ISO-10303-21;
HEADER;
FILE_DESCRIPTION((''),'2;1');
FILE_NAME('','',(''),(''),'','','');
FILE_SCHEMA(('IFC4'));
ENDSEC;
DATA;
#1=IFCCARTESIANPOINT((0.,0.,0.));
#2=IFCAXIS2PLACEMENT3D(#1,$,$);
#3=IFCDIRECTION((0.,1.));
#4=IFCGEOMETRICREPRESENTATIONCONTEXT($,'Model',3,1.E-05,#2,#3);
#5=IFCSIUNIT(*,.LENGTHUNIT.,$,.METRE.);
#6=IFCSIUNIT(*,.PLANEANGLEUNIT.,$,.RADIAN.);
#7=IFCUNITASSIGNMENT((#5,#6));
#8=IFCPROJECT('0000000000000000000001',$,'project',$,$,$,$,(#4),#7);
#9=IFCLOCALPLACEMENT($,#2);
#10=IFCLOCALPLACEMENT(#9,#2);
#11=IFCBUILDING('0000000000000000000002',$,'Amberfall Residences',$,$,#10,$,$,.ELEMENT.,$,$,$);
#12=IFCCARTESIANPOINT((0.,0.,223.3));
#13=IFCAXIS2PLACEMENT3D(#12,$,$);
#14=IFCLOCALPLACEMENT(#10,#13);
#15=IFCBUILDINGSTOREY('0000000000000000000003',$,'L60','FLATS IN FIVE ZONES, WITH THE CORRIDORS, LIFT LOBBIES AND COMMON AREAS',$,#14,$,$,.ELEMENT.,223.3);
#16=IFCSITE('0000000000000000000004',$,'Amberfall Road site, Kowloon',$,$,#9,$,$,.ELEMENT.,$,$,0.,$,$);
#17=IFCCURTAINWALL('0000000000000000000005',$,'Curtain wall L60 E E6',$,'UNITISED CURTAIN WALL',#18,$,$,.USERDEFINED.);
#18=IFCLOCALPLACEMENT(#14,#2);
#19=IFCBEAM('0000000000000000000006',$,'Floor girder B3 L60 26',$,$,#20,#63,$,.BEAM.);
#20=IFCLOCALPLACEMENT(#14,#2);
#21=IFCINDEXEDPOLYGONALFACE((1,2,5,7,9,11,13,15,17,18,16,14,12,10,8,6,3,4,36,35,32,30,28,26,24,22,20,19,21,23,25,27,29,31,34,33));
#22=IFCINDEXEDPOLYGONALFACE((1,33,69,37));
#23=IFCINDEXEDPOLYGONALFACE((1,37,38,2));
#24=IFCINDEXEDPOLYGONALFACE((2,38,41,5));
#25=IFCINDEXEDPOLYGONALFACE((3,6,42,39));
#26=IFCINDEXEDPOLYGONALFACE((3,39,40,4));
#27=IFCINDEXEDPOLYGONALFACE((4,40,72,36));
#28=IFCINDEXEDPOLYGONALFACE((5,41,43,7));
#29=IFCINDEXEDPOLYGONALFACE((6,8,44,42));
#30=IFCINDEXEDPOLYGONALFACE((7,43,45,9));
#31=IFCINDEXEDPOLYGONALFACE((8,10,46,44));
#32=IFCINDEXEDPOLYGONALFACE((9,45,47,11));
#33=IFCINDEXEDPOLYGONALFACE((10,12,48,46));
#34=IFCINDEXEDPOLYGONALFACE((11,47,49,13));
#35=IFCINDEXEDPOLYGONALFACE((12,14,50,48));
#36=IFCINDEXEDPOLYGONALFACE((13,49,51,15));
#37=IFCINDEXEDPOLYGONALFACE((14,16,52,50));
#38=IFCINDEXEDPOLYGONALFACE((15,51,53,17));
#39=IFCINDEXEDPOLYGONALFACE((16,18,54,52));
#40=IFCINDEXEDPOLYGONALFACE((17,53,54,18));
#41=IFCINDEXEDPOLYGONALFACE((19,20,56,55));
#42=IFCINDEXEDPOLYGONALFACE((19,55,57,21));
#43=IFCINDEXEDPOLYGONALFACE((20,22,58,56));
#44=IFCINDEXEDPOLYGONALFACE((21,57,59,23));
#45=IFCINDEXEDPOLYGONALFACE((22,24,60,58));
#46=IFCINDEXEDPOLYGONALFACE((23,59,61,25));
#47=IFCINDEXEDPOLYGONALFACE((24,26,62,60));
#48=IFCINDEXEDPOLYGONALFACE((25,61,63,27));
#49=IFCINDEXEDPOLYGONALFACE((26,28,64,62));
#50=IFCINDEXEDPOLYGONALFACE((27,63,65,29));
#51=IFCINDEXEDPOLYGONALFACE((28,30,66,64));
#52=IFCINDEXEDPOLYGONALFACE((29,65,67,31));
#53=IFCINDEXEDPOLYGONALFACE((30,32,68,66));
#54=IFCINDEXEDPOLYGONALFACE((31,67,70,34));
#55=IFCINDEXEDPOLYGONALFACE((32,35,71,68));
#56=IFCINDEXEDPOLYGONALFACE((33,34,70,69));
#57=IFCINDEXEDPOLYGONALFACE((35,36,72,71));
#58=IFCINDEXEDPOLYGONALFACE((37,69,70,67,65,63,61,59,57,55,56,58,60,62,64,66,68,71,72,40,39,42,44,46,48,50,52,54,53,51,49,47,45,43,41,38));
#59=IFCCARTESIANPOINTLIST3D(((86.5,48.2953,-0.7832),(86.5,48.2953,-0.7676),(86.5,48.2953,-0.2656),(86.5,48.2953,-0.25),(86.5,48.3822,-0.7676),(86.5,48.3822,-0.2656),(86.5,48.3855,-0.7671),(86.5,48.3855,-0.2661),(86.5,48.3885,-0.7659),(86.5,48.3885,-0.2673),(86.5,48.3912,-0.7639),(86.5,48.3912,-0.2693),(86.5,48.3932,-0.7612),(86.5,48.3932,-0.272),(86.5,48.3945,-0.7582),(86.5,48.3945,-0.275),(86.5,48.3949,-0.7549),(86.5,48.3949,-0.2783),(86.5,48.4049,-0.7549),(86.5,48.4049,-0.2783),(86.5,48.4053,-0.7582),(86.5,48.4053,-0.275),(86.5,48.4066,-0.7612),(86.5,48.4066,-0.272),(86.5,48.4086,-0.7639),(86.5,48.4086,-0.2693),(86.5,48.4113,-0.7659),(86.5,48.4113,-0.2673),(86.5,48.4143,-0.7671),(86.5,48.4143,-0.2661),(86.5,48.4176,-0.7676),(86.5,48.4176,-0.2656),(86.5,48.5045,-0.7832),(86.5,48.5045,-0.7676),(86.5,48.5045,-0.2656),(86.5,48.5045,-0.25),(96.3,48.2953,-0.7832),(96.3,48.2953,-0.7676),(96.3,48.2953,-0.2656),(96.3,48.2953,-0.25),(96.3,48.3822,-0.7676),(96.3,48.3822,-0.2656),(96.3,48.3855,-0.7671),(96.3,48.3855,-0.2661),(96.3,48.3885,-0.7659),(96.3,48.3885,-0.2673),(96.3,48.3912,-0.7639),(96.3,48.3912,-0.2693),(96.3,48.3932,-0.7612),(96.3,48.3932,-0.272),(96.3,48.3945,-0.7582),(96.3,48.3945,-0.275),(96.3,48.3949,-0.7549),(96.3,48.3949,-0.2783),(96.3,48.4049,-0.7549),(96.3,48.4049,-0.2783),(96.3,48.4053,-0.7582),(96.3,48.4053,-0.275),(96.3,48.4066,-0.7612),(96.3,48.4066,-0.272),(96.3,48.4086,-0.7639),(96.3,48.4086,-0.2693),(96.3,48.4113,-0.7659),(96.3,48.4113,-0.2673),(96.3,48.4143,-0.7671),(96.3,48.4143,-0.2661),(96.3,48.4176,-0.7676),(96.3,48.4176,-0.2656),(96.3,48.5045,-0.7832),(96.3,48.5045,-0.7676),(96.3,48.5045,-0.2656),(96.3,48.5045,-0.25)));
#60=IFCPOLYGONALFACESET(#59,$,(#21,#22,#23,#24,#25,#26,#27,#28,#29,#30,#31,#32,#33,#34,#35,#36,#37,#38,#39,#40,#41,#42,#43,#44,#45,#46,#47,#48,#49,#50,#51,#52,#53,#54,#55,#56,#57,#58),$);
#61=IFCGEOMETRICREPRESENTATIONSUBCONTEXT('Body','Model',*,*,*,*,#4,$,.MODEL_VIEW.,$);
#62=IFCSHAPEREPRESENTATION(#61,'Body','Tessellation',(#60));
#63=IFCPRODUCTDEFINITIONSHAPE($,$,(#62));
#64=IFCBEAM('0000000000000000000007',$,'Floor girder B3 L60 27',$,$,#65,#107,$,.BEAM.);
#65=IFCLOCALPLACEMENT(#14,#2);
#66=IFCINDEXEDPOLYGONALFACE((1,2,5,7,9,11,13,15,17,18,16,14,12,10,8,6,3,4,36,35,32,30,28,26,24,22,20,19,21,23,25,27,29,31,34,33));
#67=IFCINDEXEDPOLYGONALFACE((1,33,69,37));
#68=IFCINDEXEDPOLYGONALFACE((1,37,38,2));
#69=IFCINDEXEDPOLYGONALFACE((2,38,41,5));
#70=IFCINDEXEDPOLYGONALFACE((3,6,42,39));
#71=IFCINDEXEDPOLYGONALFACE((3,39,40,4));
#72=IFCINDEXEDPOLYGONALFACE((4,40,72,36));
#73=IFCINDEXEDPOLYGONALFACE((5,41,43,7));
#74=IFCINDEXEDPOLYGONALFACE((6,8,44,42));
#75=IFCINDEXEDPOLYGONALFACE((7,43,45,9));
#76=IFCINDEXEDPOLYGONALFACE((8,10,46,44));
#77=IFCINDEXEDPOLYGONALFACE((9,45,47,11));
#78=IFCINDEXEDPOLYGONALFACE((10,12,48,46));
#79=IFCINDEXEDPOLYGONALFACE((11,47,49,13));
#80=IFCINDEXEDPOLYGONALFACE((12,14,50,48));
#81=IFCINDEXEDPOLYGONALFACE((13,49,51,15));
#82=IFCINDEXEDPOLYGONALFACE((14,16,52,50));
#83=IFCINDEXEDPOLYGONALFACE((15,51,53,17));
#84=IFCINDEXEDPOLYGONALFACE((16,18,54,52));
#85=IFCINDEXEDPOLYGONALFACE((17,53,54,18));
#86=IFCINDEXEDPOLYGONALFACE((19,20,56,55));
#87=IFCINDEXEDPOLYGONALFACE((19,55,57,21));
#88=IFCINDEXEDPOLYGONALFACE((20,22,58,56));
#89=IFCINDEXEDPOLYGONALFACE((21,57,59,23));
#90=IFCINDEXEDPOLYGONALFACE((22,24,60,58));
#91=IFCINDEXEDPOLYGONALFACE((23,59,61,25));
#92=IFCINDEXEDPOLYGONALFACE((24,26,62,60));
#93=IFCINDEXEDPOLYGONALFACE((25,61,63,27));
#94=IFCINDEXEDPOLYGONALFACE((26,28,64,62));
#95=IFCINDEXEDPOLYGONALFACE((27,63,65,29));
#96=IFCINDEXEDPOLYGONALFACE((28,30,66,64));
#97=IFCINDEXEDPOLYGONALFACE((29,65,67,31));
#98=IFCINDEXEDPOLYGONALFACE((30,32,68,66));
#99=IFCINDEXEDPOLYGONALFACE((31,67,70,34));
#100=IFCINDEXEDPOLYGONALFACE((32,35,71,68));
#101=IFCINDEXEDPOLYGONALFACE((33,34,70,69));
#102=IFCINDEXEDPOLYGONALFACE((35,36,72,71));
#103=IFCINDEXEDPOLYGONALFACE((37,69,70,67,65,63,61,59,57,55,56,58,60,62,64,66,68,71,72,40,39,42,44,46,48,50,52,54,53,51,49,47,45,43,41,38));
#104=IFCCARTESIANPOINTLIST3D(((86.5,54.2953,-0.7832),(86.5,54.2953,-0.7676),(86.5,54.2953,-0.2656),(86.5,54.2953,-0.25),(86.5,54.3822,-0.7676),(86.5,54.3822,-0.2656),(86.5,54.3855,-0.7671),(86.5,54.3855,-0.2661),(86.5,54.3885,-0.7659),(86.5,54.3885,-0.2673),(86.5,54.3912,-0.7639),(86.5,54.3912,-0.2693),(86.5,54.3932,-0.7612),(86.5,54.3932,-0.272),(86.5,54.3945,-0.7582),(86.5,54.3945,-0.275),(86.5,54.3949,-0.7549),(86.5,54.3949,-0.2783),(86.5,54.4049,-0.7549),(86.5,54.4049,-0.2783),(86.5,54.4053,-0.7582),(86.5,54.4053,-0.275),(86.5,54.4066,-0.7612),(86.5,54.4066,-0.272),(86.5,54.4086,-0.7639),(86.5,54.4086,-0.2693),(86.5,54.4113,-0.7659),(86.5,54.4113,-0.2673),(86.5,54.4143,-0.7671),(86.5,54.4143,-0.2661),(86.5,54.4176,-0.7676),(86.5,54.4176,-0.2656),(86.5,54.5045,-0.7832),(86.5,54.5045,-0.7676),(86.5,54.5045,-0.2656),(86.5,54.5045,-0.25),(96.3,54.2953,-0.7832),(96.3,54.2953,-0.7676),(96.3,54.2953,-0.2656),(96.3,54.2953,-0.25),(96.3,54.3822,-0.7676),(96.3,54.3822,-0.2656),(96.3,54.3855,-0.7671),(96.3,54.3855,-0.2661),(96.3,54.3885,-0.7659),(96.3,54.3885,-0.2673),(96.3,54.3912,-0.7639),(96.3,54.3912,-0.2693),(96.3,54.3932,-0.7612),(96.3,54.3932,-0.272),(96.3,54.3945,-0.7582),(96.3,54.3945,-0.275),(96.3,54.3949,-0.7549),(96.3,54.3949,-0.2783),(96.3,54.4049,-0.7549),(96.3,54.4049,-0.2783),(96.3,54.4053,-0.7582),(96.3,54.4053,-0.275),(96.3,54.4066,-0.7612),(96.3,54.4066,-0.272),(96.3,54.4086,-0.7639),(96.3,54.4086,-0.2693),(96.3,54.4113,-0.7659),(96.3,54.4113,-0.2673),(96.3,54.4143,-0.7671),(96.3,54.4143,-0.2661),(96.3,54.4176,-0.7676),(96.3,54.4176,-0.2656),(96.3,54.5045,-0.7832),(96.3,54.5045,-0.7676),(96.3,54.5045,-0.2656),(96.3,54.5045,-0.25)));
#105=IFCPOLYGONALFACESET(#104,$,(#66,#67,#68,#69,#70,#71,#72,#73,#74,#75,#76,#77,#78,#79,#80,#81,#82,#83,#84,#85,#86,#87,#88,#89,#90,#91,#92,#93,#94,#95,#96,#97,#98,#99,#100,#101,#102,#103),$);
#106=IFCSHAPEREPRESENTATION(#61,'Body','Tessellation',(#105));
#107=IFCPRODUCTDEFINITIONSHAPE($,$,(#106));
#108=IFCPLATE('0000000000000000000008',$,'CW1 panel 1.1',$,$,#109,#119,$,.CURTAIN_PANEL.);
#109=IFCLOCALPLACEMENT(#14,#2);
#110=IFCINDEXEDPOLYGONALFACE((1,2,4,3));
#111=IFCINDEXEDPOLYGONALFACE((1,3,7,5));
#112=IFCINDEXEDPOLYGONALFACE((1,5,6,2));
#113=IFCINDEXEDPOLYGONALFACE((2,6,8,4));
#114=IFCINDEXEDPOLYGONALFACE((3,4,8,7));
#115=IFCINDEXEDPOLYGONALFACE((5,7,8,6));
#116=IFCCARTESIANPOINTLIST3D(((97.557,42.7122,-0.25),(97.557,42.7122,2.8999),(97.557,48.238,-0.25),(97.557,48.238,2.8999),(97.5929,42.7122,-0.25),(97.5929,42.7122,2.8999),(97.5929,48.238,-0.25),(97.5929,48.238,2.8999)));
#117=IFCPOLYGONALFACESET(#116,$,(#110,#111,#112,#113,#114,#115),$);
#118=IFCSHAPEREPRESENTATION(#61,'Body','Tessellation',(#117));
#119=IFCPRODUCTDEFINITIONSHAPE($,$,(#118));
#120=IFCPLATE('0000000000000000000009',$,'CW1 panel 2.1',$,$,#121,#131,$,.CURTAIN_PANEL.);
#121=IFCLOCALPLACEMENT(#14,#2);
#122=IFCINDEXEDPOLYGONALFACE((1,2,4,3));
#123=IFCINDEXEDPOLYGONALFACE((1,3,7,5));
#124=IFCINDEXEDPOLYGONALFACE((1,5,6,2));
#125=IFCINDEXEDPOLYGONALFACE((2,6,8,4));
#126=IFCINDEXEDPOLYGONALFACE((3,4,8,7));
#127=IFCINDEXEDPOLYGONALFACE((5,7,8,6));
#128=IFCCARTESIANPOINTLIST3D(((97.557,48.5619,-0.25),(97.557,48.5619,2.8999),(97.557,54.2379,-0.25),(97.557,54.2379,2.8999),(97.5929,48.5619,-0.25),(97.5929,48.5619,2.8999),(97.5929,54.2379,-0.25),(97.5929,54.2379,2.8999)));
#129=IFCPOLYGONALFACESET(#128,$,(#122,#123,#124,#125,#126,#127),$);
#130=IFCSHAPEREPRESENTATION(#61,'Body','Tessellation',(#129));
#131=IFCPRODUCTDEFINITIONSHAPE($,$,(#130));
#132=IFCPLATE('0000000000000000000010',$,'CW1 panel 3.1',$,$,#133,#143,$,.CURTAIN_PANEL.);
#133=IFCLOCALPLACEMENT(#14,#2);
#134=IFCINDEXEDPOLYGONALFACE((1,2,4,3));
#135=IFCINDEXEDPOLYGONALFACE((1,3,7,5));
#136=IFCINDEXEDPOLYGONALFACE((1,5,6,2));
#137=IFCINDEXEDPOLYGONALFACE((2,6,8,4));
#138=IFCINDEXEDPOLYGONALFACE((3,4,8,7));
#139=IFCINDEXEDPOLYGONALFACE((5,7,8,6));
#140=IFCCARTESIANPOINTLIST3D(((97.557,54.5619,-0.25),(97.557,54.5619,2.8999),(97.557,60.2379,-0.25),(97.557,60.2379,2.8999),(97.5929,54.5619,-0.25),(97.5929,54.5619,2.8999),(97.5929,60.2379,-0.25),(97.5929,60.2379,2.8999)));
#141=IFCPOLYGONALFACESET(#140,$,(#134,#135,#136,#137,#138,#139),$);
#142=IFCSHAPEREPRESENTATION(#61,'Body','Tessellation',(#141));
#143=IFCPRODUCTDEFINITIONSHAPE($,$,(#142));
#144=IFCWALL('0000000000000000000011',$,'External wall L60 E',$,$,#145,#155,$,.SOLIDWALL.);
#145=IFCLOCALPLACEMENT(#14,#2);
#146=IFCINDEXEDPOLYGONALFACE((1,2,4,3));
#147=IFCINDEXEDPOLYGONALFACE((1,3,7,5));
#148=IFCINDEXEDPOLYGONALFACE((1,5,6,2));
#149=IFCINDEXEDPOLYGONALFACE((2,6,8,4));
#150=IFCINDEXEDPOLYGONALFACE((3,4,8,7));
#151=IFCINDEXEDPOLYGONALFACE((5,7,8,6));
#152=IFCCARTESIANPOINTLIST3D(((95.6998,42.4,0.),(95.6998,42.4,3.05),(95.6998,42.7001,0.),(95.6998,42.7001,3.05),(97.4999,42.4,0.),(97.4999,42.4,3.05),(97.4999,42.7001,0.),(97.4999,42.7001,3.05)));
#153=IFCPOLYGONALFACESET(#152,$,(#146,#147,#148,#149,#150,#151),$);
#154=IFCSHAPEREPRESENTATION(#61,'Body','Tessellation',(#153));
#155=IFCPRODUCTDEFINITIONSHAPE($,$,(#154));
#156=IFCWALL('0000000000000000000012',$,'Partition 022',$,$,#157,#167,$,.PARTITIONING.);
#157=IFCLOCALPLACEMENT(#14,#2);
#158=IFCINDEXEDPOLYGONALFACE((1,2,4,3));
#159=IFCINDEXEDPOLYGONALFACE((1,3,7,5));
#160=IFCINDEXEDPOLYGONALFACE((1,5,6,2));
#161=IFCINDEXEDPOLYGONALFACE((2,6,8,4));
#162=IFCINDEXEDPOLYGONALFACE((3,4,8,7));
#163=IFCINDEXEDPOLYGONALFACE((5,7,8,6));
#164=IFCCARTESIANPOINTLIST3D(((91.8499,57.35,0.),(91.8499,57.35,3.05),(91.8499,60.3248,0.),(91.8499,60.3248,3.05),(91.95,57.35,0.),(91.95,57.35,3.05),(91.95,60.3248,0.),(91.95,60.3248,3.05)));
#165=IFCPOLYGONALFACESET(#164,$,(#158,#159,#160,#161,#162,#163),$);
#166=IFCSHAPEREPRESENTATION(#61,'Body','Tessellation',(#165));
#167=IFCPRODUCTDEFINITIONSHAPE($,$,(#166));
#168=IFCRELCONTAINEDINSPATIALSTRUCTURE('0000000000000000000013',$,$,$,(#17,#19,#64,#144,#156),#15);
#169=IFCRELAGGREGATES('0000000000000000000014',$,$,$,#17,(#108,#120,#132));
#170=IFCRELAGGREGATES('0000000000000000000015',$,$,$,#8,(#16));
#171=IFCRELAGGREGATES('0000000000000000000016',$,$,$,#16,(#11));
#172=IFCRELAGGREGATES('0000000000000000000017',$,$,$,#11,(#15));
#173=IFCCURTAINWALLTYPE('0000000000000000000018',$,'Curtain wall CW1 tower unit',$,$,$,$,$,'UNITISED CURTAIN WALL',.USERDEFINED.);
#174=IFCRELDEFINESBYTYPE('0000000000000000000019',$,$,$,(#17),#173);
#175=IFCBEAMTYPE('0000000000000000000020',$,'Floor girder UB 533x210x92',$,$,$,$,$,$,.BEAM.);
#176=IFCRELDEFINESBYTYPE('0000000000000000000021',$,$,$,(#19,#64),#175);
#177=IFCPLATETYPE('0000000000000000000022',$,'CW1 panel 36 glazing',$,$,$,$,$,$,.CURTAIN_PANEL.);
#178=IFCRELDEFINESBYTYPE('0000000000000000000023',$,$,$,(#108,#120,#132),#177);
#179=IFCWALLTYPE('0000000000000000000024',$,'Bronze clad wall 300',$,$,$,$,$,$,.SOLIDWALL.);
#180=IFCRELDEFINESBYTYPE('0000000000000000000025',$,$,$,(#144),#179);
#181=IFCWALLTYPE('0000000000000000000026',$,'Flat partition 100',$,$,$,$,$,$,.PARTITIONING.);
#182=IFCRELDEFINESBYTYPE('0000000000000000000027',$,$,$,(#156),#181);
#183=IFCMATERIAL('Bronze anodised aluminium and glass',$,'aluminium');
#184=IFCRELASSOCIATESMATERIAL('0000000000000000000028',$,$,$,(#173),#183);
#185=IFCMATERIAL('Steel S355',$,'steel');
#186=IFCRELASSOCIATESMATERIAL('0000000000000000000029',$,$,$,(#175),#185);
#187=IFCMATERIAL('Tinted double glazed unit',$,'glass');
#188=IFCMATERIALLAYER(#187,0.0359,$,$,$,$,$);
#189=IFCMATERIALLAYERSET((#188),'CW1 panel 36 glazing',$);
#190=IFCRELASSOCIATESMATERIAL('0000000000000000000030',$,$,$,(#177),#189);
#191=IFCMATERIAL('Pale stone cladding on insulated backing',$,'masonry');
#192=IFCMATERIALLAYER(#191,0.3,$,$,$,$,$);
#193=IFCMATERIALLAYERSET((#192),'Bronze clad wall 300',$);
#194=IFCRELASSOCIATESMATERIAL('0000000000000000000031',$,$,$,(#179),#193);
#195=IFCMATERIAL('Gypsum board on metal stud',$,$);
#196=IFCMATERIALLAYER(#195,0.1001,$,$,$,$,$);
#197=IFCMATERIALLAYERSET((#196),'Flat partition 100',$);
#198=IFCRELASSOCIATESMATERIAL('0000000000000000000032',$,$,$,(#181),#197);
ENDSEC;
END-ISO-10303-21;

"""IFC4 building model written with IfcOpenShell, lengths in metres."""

from ifc_helpers import new_model, si_unit, direction, frame, frame_2d, origin, origin_2d, place, context, subcontext, project, spatial, rectangle, i_section, extrude, material, layer, layer_set, material_profile, profile_set, type_object, element, aggregate, save


model = new_model("IFC4")

# Units and contexts
model_context = context("Model", 3, precision=1e-05, world=origin(), true_north=direction((0.0, 1.0)))
body_context = subcontext(model_context, "Body", "Model", "MODEL_VIEW")
ifc_project = project(units=[si_unit("LENGTHUNIT", "METRE"), si_unit("PLANEANGLEUNIT", "RADIAN")], contexts=[model_context])

# Site, building, storey
site_placement = place(None, origin())
site = spatial("IfcSite", under=ifc_project, at=site_placement, Name="Amberfall Road site, Kowloon", CompositionType="ELEMENT", RefElevation=0.0)
building_placement = place(site_placement, origin())
building = spatial("IfcBuilding", under=site, at=building_placement, Name="Amberfall Residences", CompositionType="ELEMENT")
storey_placement = place(building_placement, frame((0.0, 0.0, 223.3)))
storey = spatial("IfcBuildingStorey", under=building, at=storey_placement, Name="L60", Description="FLATS IN FIVE ZONES, WITH THE CORRIDORS, LIFT LOBBIES AND COMMON AREAS", CompositionType="ELEMENT", Elevation=223.3)

# Curtain wall
ifc_material_1 = material(Name="Bronze anodised aluminium and glass", Category="aluminium")
curtain_wall_type = type_object("IfcCurtainWallType", Name="Curtain wall CW1 tower unit", ElementType="UNITISED CURTAIN WALL", PredefinedType="USERDEFINED", material=ifc_material_1)
curtain_wall_placement = place(storey_placement, origin())
curtain_wall = element("IfcCurtainWall", 1, at=curtain_wall_placement, inside=storey, type_object=curtain_wall_type, Name="Curtain wall L60 E E6", ObjectType="UNITISED CURTAIN WALL", PredefinedType="USERDEFINED")

# Shared definitions
ifc_material_2 = material(Name="Steel S355", Category="steel")

# Beams
ifc_material_profile_1 = material_profile(ifc_material_2, i_section(OverallWidth=0.2092, OverallDepth=0.5332, WebThickness=0.01, FlangeThickness=0.0156, FilletRadius=0.0127, at=origin_2d()), Name="UB 533x210x92")
ifc_profile_set_1 = profile_set([ifc_material_profile_1], Name="Steel S355")
beam_type_1 = type_object("IfcBeamType", Name="Floor girder UB 533x210x92", PredefinedType="BEAM", material=ifc_profile_set_1)
for number, where, z_axis, x_axis, name in (
    (2, (96.3, 48.3999, -0.5166), (-1.0, 0.0, 0.0), (0.0, -1.0, 0.0), "Floor girder B3 L60 26"),
    (3, (96.3, 54.3999, -0.5166), (-1.0, 0.0, 0.0), (0.0, -1.0, 0.0), "Floor girder B3 L60 27"),
):
    element("IfcBeam", number, at=place(storey_placement, frame(where, z_axis=z_axis, x_axis=x_axis)), inside=storey, type_object=beam_type_1, Name=name, PredefinedType="BEAM", context=body_context, shape_type="SweptSolid", body=[
        extrude(i_section(OverallWidth=0.2092, OverallDepth=0.5332, WebThickness=0.01, FlangeThickness=0.0156, FilletRadius=0.0127, at=origin_2d()), origin(), (0.0, 0.0, 1.0), 9.8),
    ])

# Plates
ifc_material_3 = material(Name="Tinted double glazed unit", Category="glass")
ifc_layer_1 = layer(ifc_material_3, 0.0359)
ifc_layer_set_1 = layer_set([ifc_layer_1], Name="CW1 panel 36 glazing")
plate_type = type_object("IfcPlateType", Name="CW1 panel 36 glazing", PredefinedType="CURTAIN_PANEL", material=ifc_layer_set_1)
plate_1_placement = place(storey_placement, frame((97.575, 45.4751, -0.25), z_axis=(0.0, 0.0, 1.0), x_axis=(0.0, 1.0, 0.0)))
plate_1 = element("IfcPlate", 4, at=plate_1_placement, type_object=plate_type, Name="CW1 panel 1.1", PredefinedType="CURTAIN_PANEL", context=body_context, shape_type="SweptSolid", body=[
    extrude(rectangle(XDim=5.5259, YDim=0.0359, at=origin_2d()), origin(), (0.0, 0.0, 1.0), 3.1499),
])
plate_2_placement = place(storey_placement, frame((97.575, 51.3999, -0.25), z_axis=(0.0, 0.0, 1.0), x_axis=(0.0, 1.0, 0.0)))
plate_2 = element("IfcPlate", 5, at=plate_2_placement, type_object=plate_type, Name="CW1 panel 2.1", PredefinedType="CURTAIN_PANEL", context=body_context, shape_type="SweptSolid", body=[
    extrude(rectangle(XDim=5.676, YDim=0.0359, at=origin_2d()), origin(), (0.0, 0.0, 1.0), 3.1499),
])
plate_3_placement = place(storey_placement, frame((97.575, 57.3999, -0.25), z_axis=(0.0, 0.0, 1.0), x_axis=(0.0, 1.0, 0.0)))
plate_3 = element("IfcPlate", 6, at=plate_3_placement, type_object=plate_type, Name="CW1 panel 3.1", PredefinedType="CURTAIN_PANEL", context=body_context, shape_type="SweptSolid", body=[
    extrude(rectangle(XDim=5.676, YDim=0.0359, at=origin_2d()), origin(), (0.0, 0.0, 1.0), 3.1499),
])
aggregate(curtain_wall, [plate_1, plate_2, plate_3])

# Walls
ifc_material_4 = material(Name="Pale stone cladding on insulated backing", Category="masonry")
ifc_layer_2 = layer(ifc_material_4, 0.3)
ifc_layer_set_2 = layer_set([ifc_layer_2], Name="Bronze clad wall 300")
wall_type_1 = type_object("IfcWallType", Name="Bronze clad wall 300", PredefinedType="SOLIDWALL", material=ifc_layer_set_2)
wall_1_placement = place(storey_placement, frame((95.7, 42.55, 0.0), z_axis=(0.0, 0.0, 1.0), x_axis=(1.0, 0.0, 0.0)))
element("IfcWall", 7, at=wall_1_placement, inside=storey, type_object=wall_type_1, Name="External wall L60 E", PredefinedType="SOLIDWALL", context=body_context, shape_type="SweptSolid", body=[
    extrude(rectangle(XDim=1.8, YDim=0.3, at=frame_2d((0.8999, 0.0))), origin(), (0.0, 0.0, 1.0), 3.05),
])
ifc_material_5 = material(Name="Gypsum board on metal stud")
ifc_layer_3 = layer(ifc_material_5, 0.1001)
ifc_layer_set_3 = layer_set([ifc_layer_3], Name="Flat partition 100")
wall_type_2 = type_object("IfcWallType", Name="Flat partition 100", PredefinedType="PARTITIONING", material=ifc_layer_set_3)
wall_2_placement = place(storey_placement, frame((91.8999, 57.3501, 0.0), z_axis=(0.0, 0.0, 1.0), x_axis=(0.0, 1.0, 0.0)))
element("IfcWall", 8, at=wall_2_placement, inside=storey, type_object=wall_type_2, Name="Partition 022", PredefinedType="PARTITIONING", context=body_context, shape_type="SweptSolid", body=[
    extrude(rectangle(XDim=2.9749, YDim=0.1001, at=frame_2d((1.4873, 0.0))), origin(), (0.0, 0.0, 1.0), 3.05),
])

save(model, "model.ifc")
